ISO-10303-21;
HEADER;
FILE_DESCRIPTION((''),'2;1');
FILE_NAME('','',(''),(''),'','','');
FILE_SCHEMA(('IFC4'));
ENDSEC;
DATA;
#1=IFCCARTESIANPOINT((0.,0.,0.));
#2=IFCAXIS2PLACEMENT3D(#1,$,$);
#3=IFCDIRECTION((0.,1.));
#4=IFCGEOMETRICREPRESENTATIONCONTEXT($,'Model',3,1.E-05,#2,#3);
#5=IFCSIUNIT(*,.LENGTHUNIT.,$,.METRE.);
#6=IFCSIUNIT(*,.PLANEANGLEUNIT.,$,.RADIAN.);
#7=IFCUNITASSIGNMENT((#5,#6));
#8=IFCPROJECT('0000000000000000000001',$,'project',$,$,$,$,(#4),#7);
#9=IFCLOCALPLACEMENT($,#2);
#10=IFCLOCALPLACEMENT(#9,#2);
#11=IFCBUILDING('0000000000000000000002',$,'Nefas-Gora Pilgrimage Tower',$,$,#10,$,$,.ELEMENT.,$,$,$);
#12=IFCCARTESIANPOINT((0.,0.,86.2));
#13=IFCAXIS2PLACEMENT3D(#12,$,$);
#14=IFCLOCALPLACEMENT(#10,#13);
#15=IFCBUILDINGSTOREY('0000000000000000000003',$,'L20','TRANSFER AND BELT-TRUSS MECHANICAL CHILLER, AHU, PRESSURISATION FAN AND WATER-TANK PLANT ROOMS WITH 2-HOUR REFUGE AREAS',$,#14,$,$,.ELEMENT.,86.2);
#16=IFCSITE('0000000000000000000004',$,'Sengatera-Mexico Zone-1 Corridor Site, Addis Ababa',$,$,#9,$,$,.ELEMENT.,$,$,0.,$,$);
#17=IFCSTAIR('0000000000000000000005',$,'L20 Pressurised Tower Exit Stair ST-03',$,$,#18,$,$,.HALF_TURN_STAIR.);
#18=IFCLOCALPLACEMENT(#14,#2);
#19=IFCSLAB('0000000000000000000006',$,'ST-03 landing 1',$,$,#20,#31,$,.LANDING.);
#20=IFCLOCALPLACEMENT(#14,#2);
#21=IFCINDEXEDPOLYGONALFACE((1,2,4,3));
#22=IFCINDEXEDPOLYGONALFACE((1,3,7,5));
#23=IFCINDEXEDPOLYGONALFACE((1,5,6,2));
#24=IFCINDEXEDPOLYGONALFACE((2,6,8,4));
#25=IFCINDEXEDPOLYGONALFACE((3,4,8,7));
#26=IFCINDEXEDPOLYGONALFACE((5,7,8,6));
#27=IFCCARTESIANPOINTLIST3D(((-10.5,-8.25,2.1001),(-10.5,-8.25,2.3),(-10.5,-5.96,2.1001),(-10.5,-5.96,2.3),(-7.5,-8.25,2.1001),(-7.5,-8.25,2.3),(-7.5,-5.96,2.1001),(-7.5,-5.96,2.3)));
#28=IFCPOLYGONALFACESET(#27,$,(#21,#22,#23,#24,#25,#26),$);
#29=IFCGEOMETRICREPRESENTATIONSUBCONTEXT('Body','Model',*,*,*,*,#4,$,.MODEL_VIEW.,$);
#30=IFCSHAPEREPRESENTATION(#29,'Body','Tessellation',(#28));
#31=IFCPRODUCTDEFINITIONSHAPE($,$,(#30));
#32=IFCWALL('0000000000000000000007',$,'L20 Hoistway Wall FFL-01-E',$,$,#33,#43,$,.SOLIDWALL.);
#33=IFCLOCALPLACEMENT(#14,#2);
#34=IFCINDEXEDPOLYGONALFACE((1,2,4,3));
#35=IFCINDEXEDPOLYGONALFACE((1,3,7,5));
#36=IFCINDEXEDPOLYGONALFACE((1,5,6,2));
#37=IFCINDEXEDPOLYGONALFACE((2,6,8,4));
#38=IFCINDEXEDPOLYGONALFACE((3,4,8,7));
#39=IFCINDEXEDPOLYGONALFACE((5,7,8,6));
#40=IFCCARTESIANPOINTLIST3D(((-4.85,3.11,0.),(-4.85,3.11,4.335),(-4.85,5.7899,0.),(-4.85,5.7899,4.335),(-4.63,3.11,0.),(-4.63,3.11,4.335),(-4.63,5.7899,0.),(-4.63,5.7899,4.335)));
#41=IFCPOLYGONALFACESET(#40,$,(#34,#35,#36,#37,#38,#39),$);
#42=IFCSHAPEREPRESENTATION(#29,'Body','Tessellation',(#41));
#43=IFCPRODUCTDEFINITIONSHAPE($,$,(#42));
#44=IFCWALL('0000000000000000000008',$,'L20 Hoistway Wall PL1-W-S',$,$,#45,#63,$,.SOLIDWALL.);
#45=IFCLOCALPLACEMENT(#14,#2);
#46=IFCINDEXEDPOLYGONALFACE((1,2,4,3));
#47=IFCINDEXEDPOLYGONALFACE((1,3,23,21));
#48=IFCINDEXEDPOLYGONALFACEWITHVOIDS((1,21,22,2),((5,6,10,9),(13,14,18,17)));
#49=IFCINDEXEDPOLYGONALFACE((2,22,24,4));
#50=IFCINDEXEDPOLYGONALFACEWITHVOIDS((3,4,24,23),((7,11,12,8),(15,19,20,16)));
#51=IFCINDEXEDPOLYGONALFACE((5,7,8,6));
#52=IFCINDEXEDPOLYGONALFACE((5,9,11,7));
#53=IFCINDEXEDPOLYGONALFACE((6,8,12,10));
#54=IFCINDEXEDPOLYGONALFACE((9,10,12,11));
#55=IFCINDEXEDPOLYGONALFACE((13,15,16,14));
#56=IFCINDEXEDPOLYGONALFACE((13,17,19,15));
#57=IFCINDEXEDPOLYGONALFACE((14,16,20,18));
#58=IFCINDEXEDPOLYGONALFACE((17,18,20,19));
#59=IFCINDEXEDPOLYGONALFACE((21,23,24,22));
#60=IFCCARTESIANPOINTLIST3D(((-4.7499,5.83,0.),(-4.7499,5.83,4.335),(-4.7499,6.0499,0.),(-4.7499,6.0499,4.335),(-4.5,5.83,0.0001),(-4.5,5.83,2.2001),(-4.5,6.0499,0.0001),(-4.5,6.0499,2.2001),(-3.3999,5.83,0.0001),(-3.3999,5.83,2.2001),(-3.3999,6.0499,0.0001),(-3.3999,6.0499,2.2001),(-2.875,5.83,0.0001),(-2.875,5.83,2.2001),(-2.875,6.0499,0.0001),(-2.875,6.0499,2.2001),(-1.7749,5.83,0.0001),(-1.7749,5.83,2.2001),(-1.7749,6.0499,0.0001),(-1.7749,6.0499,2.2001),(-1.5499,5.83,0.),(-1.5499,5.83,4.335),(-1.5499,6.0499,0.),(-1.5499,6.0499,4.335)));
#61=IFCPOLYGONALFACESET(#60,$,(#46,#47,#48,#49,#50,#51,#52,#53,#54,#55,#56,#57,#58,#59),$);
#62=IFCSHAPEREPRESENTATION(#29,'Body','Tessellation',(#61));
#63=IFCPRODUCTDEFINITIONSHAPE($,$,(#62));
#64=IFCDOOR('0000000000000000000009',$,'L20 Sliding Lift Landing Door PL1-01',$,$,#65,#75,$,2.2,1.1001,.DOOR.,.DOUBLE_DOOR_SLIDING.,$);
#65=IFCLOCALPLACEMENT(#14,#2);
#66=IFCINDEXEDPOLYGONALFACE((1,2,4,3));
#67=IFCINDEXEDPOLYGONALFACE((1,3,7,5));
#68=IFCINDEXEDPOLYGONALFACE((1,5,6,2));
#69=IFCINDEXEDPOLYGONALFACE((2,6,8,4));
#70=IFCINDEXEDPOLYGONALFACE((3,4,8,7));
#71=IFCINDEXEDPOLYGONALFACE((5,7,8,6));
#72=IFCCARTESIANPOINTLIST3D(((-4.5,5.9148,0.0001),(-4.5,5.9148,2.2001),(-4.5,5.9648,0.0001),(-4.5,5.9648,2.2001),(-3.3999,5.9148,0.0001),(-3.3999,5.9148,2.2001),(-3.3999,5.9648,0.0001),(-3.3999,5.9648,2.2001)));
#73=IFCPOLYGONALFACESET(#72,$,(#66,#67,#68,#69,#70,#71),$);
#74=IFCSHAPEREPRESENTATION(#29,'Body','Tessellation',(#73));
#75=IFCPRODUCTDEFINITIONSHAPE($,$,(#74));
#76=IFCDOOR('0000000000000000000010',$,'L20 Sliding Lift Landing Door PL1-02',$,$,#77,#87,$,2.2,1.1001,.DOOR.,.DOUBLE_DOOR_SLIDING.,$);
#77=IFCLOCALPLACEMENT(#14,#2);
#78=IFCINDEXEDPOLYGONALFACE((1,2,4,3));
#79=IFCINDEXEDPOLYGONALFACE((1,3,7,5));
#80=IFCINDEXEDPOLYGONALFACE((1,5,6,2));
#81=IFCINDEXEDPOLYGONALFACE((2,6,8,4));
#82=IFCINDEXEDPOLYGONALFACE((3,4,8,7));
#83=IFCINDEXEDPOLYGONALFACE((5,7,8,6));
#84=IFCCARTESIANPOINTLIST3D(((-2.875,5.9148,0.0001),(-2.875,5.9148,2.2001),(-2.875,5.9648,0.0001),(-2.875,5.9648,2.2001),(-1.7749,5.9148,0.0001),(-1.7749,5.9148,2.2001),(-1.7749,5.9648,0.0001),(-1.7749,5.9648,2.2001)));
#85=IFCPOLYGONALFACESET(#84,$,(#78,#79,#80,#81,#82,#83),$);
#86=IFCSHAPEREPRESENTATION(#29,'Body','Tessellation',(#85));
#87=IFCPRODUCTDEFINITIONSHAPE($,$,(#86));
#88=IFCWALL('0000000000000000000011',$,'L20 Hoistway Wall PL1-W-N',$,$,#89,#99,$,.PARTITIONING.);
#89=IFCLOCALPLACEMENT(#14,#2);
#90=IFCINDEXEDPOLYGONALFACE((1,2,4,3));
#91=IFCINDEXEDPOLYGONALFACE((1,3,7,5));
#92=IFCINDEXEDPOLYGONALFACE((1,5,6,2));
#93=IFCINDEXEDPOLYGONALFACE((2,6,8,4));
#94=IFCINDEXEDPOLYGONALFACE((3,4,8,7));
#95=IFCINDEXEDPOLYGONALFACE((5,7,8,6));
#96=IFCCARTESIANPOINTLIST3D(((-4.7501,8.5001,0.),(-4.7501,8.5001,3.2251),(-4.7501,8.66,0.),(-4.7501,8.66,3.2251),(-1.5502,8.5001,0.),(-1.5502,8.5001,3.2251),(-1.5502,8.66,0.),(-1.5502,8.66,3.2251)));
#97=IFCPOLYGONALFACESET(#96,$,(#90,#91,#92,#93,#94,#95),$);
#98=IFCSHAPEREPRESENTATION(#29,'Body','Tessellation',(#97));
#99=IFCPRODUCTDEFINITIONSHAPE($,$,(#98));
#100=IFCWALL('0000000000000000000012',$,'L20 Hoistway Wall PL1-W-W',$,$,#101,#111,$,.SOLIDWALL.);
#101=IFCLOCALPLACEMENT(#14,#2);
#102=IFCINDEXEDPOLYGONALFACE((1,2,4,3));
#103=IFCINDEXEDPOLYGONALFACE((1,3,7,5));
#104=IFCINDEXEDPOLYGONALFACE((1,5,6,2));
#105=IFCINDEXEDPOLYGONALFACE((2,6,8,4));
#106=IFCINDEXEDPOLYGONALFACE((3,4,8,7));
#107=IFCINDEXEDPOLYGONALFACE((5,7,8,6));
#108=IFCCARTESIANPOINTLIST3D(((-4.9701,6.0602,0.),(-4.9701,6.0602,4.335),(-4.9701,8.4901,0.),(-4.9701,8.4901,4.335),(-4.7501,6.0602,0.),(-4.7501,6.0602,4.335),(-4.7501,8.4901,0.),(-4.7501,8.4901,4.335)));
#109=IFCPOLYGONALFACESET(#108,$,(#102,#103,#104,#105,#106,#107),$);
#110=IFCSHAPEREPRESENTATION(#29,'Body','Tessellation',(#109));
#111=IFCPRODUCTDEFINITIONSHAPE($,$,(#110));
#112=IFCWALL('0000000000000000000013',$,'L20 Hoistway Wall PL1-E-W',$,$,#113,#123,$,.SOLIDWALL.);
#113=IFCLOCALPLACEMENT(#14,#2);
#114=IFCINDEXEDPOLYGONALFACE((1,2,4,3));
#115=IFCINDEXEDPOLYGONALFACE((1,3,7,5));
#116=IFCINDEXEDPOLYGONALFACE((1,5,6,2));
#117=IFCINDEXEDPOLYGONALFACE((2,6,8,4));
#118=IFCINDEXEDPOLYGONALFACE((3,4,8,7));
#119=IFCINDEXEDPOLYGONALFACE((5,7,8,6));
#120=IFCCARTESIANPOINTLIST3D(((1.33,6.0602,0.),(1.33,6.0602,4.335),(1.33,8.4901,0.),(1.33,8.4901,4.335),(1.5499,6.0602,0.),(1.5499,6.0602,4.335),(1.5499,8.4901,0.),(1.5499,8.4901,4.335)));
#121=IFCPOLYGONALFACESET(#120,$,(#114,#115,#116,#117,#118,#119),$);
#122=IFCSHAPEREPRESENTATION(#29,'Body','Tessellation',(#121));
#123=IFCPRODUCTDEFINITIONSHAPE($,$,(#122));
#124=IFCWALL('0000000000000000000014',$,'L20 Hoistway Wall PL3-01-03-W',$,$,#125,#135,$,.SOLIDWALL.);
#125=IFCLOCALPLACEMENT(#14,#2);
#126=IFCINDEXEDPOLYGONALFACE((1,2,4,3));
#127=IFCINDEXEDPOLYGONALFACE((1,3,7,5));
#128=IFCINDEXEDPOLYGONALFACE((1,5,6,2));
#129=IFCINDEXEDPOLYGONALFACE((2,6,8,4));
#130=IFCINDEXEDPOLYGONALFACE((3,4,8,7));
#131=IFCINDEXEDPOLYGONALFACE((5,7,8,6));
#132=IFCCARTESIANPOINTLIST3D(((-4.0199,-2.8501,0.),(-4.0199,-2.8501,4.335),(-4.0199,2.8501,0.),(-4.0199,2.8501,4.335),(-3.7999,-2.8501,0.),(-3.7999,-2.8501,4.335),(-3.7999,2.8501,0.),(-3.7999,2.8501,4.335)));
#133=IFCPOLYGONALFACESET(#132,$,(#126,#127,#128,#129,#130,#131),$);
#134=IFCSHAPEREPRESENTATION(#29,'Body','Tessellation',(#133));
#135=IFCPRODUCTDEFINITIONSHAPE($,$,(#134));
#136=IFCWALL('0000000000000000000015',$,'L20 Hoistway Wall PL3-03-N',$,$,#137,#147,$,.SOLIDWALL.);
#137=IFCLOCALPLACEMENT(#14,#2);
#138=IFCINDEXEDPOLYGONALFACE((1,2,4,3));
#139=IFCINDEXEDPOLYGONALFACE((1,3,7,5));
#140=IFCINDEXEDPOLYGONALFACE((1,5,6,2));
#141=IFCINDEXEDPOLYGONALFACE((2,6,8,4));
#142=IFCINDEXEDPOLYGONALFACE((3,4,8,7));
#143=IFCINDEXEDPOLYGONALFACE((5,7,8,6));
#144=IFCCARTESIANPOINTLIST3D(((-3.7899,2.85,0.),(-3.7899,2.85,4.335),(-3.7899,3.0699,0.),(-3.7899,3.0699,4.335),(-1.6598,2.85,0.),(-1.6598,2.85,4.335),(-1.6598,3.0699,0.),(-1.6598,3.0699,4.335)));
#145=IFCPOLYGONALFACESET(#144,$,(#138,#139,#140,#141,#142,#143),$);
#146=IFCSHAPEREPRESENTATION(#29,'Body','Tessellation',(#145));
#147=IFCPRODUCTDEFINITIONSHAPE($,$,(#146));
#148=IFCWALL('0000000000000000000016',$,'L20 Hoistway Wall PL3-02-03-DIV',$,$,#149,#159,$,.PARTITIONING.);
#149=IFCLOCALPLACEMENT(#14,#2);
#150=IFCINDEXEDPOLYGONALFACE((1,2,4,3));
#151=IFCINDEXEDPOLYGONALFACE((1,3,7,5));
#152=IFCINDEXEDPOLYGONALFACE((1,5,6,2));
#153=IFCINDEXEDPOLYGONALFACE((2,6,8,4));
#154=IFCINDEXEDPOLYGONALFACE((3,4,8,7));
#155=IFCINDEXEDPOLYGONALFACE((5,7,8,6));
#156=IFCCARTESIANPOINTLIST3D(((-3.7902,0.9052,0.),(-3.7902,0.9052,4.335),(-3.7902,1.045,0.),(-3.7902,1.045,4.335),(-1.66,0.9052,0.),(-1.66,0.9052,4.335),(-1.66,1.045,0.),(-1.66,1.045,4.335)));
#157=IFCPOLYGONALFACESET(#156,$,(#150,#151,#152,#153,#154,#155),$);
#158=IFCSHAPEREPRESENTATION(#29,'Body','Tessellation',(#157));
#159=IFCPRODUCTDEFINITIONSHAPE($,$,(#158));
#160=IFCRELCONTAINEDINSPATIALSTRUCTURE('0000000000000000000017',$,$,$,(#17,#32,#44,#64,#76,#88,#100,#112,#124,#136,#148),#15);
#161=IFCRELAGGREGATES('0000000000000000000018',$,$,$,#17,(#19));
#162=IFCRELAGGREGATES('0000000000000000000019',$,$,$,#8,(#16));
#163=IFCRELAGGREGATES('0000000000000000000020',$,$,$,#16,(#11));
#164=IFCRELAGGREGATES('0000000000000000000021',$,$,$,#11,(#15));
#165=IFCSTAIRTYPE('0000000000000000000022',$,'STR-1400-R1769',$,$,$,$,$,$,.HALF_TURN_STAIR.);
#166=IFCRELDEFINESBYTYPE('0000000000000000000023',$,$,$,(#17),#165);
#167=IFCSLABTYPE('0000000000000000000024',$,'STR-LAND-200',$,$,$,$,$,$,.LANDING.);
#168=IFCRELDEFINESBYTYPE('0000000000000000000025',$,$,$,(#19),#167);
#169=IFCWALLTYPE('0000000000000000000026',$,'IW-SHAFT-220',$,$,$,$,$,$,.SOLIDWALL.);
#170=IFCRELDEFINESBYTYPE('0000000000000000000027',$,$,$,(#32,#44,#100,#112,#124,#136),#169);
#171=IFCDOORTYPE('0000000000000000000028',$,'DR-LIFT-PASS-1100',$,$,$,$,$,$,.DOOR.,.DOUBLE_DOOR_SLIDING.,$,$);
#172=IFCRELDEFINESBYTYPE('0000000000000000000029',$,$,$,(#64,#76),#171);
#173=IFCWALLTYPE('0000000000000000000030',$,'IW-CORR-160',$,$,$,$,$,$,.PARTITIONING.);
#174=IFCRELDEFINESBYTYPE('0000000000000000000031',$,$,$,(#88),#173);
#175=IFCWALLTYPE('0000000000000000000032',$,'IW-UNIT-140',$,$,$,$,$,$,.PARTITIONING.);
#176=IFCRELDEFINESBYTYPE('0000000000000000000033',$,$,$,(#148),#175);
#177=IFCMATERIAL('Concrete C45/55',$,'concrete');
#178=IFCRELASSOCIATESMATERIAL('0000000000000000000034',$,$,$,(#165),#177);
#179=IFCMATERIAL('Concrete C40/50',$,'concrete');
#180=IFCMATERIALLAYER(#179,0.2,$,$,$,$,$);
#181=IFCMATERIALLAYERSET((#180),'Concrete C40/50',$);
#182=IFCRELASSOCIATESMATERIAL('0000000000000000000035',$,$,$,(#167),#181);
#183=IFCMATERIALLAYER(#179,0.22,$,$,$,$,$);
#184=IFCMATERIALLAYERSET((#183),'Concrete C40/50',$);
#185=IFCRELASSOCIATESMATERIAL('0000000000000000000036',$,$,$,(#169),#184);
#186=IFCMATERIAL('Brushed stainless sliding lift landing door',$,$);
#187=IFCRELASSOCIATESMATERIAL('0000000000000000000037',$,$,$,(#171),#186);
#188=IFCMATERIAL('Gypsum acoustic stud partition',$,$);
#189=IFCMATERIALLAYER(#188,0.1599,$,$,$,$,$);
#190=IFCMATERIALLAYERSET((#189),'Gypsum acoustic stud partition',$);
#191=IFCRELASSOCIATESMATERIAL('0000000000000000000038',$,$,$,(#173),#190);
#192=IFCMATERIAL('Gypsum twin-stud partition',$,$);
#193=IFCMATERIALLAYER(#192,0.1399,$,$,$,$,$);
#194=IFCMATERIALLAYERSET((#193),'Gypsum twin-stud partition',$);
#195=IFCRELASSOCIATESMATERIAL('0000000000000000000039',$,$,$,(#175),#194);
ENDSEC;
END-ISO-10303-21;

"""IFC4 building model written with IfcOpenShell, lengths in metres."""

from ifc_helpers import new_model, si_unit, direction, frame, frame_2d, origin, place, context, subcontext, project, spatial, polyline, rectangle, outline, extrude, source, transform, mapped, material, layer, layer_set, type_object, element, fill, aggregate, save


model = new_model("IFC4")

# Units and contexts
model_context = context("Model", 3, precision=1e-05, world=origin(), true_north=direction((0.0, 1.0)))
body_context = subcontext(model_context, "Body", "Model", "MODEL_VIEW")
ifc_project = project(units=[si_unit("LENGTHUNIT", "METRE"), si_unit("PLANEANGLEUNIT", "RADIAN")], contexts=[model_context])

# Site, building, storey
site_placement = place(None, origin())
site = spatial("IfcSite", under=ifc_project, at=site_placement, Name="Sengatera-Mexico Zone-1 Corridor Site, Addis Ababa", CompositionType="ELEMENT", RefElevation=0.0)
building_placement = place(site_placement, origin())
building = spatial("IfcBuilding", under=site, at=building_placement, Name="Nefas-Gora Pilgrimage Tower", CompositionType="ELEMENT")
storey_placement = place(building_placement, frame((0.0, 0.0, 86.2)))
storey = spatial("IfcBuildingStorey", under=building, at=storey_placement, Name="L20", Description="TRANSFER AND BELT-TRUSS MECHANICAL CHILLER, AHU, PRESSURISATION FAN AND WATER-TANK PLANT ROOMS WITH 2-HOUR REFUGE AREAS", CompositionType="ELEMENT", Elevation=86.2)

# Shared definitions
ifc_material_1 = material(Name="Concrete C45/55", Category="concrete")

# Stair, slab
stair_type = type_object("IfcStairType", Name="STR-1400-R1769", PredefinedType="HALF_TURN_STAIR", material=ifc_material_1)
ifc_material_2 = material(Name="Concrete C40/50", Category="concrete")
ifc_layer_1 = layer(ifc_material_2, 0.2)
ifc_layer_set_1 = layer_set([ifc_layer_1], Name="Concrete C40/50")
slab_type_1 = type_object("IfcSlabType", Name="STR-LAND-200", PredefinedType="LANDING", material=ifc_layer_set_1)
stair_1_placement = place(storey_placement, origin())
stair_1 = element("IfcStair", 1, at=stair_1_placement, inside=storey, type_object=stair_type, Name="L20 Pressurised Tower Exit Stair ST-03", PredefinedType="HALF_TURN_STAIR")
slab_1_placement = place(storey_placement, frame((0.0, 0.0, 2.1001)))
slab_1 = element("IfcSlab", 2, at=slab_1_placement, type_object=slab_type_1, Name="ST-03 landing 1", PredefinedType="LANDING", context=body_context, shape_type="SweptSolid", body=[
    extrude(outline(polyline([(-10.5, -5.96), (-10.5, -8.25), (-7.5, -8.25), (-7.5, -5.96), (-10.5, -5.96)])), origin(), (0.0, 0.0, 1.0), 0.2),
])
aggregate(stair_1, [slab_1])

# Wall
ifc_layer_2 = layer(ifc_material_2, 0.22)
ifc_layer_set_2 = layer_set([ifc_layer_2], Name="Concrete C40/50")
wall_type_1 = type_object("IfcWallType", Name="IW-SHAFT-220", PredefinedType="SOLIDWALL", material=ifc_layer_set_2)
shared_shape_1 = source(origin(), body_context, "Body", "SweptSolid", [
    extrude(rectangle(XDim=2.6799, YDim=0.22, at=frame_2d((1.3398, 0.0))), origin(), (0.0, 0.0, 1.0), 4.335),
])
wall_1_placement = place(storey_placement, frame((-4.74, 3.1101, 0.0), z_axis=(0.0, 0.0, 1.0), x_axis=(0.0, 1.0, 0.0)))
element("IfcWall", 3, at=wall_1_placement, inside=storey, type_object=wall_type_1, Name="L20 Hoistway Wall FFL-01-E", PredefinedType="SOLIDWALL", context=body_context, shape_type="MappedRepresentation", body=[
    mapped(shared_shape_1, transform((0.0, 0.0, 0.0), x_axis=(1.0, 0.0, 0.0), y_axis=(0.0, 1.0, 0.0), z_axis=(0.0, 0.0, 1.0), scale=1.0)),
])

# Wall, openings, doors
shared_shape_2 = source(origin(), body_context, "Body", "SweptSolid", [
    extrude(rectangle(XDim=3.2, YDim=0.22, at=frame_2d((1.6001, 0.0))), origin(), (0.0, 0.0, 1.0), 4.335),
])
wall_2_placement = place(storey_placement, frame((-4.75, 5.9399, 0.0), z_axis=(0.0, 0.0, 1.0), x_axis=(1.0, 0.0, 0.0)))
wall_2 = element("IfcWall", 4, at=wall_2_placement, inside=storey, type_object=wall_type_1, Name="L20 Hoistway Wall PL1-W-S", PredefinedType="SOLIDWALL", context=body_context, shape_type="MappedRepresentation", body=[
    mapped(shared_shape_2, transform((0.0, 0.0, 0.0), x_axis=(1.0, 0.0, 0.0), y_axis=(0.0, 1.0, 0.0), z_axis=(0.0, 0.0, 1.0), scale=1.0)),
])
opening_1_placement = place(wall_2_placement, frame((0.25, 0.0, 0.0)))
opening_1 = element("IfcOpeningElement", 5, at=opening_1_placement, cuts=wall_2, PredefinedType="OPENING", context=body_context, shape_type="SweptSolid", body=[
    extrude(rectangle(XDim=1.1001, YDim=2.2, at=frame_2d((0.55, 1.1001))), frame((0.0, 0.1199, 0.0), z_axis=(0.0, -1.0, 0.0), x_axis=(1.0, 0.0, 0.0)), (0.0, 0.0, 1.0), 0.24),
])
opening_2_placement = place(wall_2_placement, frame((1.875, 0.0, 0.0)))
opening_2 = element("IfcOpeningElement", 6, at=opening_2_placement, cuts=wall_2, PredefinedType="OPENING", context=body_context, shape_type="SweptSolid", body=[
    extrude(rectangle(XDim=1.1001, YDim=2.2, at=frame_2d((0.55, 1.1001))), frame((0.0, 0.1199, 0.0), z_axis=(0.0, -1.0, 0.0), x_axis=(1.0, 0.0, 0.0)), (0.0, 0.0, 1.0), 0.24),
])
ifc_material_3 = material(Name="Brushed stainless sliding lift landing door")
door_type = type_object("IfcDoorType", Name="DR-LIFT-PASS-1100", OperationType="DOUBLE_DOOR_SLIDING", PredefinedType="DOOR", material=ifc_material_3)
shared_shape_3 = source(origin(), body_context, "Body", "SweptSolid", [
    extrude(rectangle(XDim=1.1001, YDim=2.2, at=frame_2d((0.55, 1.1001))), frame((0.0, 0.0249, 0.0), z_axis=(0.0, -1.0, 0.0), x_axis=(1.0, 0.0, 0.0)), (0.0, 0.0, 1.0), 0.05),
])
door_1_placement = place(opening_1_placement, origin())
door_1 = element("IfcDoor", 7, at=door_1_placement, inside=storey, type_object=door_type, Name="L20 Sliding Lift Landing Door PL1-01", OperationType="DOUBLE_DOOR_SLIDING", OverallHeight=2.2, OverallWidth=1.1001, PredefinedType="DOOR", context=body_context, shape_type="MappedRepresentation", body=[
    mapped(shared_shape_3, transform((0.0, 0.0, 0.0), x_axis=(1.0, 0.0, 0.0), y_axis=(0.0, 1.0, 0.0), z_axis=(0.0, 0.0, 1.0), scale=1.0)),
])
fill(opening_1, door_1)
door_2_placement = place(opening_2_placement, origin())
door_2 = element("IfcDoor", 8, at=door_2_placement, inside=storey, type_object=door_type, Name="L20 Sliding Lift Landing Door PL1-02", OperationType="DOUBLE_DOOR_SLIDING", OverallHeight=2.2, OverallWidth=1.1001, PredefinedType="DOOR", context=body_context, shape_type="MappedRepresentation", body=[
    mapped(shared_shape_3, transform((0.0, 0.0, 0.0), x_axis=(1.0, 0.0, 0.0), y_axis=(0.0, 1.0, 0.0), z_axis=(0.0, 0.0, 1.0), scale=1.0)),
])
fill(opening_2, door_2)

# Walls
ifc_material_4 = material(Name="Gypsum acoustic stud partition")
ifc_layer_3 = layer(ifc_material_4, 0.1599)
ifc_layer_set_3 = layer_set([ifc_layer_3], Name="Gypsum acoustic stud partition")
wall_type_2 = type_object("IfcWallType", Name="IW-CORR-160", PredefinedType="PARTITIONING", material=ifc_layer_set_3)
shared_shape_4 = source(origin(), body_context, "Body", "SweptSolid", [
    extrude(rectangle(XDim=3.2, YDim=0.1599, at=frame_2d((1.6001, 0.0))), origin(), (0.0, 0.0, 1.0), 3.2251),
])
wall_3_placement = place(storey_placement, frame((-1.55, 8.5801, 0.0), z_axis=(0.0, 0.0, 1.0), x_axis=(-1.0, 0.0, 0.0)))
element("IfcWall", 9, at=wall_3_placement, inside=storey, type_object=wall_type_2, Name="L20 Hoistway Wall PL1-W-N", PredefinedType="PARTITIONING", context=body_context, shape_type="MappedRepresentation", body=[
    mapped(shared_shape_4, transform((0.0, 0.0, 0.0), x_axis=(1.0, 0.0, 0.0), y_axis=(0.0, 1.0, 0.0), z_axis=(0.0, 0.0, 1.0), scale=1.0)),
])
shared_shape_5 = source(origin(), body_context, "Body", "SweptSolid", [
    extrude(rectangle(XDim=2.4299, YDim=0.22, at=frame_2d((1.2148, 0.0))), origin(), (0.0, 0.0, 1.0), 4.335),
])
for number, where, z_axis, x_axis, name in (
    (10, (-4.8601, 8.49, 0.0), (0.0, 0.0, 1.0), (0.0, -1.0, 0.0), "L20 Hoistway Wall PL1-W-W"),
    (11, (1.4399, 8.49, 0.0), (0.0, 0.0, 1.0), (0.0, -1.0, 0.0), "L20 Hoistway Wall PL1-E-W"),
):
    element("IfcWall", number, at=place(storey_placement, frame(where, z_axis=z_axis, x_axis=x_axis)), inside=storey, type_object=wall_type_1, Name=name, PredefinedType="SOLIDWALL", context=body_context, shape_type="MappedRepresentation", body=[
        mapped(shared_shape_5, transform((0.0, 0.0, 0.0), x_axis=(1.0, 0.0, 0.0), y_axis=(0.0, 1.0, 0.0), z_axis=(0.0, 0.0, 1.0), scale=1.0)),
    ])
ifc_material_5 = material(Name="Gypsum twin-stud partition")
ifc_layer_4 = layer(ifc_material_5, 0.1399)
ifc_layer_set_4 = layer_set([ifc_layer_4], Name="Gypsum twin-stud partition")
wall_type_3 = type_object("IfcWallType", Name="IW-UNIT-140", PredefinedType="PARTITIONING", material=ifc_layer_set_4)
shared_shape_6 = source(origin(), body_context, "Body", "SweptSolid", [
    extrude(rectangle(XDim=5.7002, YDim=0.22, at=frame_2d((2.8501, 0.0))), origin(), (0.0, 0.0, 1.0), 4.335),
])
wall_4_placement = place(storey_placement, frame((-3.9099, 2.8501, 0.0), z_axis=(0.0, 0.0, 1.0), x_axis=(0.0, -1.0, 0.0)))
element("IfcWall", 12, at=wall_4_placement, inside=storey, type_object=wall_type_1, Name="L20 Hoistway Wall PL3-01-03-W", PredefinedType="SOLIDWALL", context=body_context, shape_type="MappedRepresentation", body=[
    mapped(shared_shape_6, transform((0.0, 0.0, 0.0), x_axis=(1.0, 0.0, 0.0), y_axis=(0.0, 1.0, 0.0), z_axis=(0.0, 0.0, 1.0), scale=1.0)),
])
shared_shape_7 = source(origin(), body_context, "Body", "SweptSolid", [
    extrude(rectangle(XDim=2.1301, YDim=0.22, at=frame_2d((1.0649, 0.0))), origin(), (0.0, 0.0, 1.0), 4.335),
])
wall_5_placement = place(storey_placement, frame((-1.6599, 2.96, 0.0), z_axis=(0.0, 0.0, 1.0), x_axis=(-1.0, 0.0, 0.0)))
element("IfcWall", 13, at=wall_5_placement, inside=storey, type_object=wall_type_1, Name="L20 Hoistway Wall PL3-03-N", PredefinedType="SOLIDWALL", context=body_context, shape_type="MappedRepresentation", body=[
    mapped(shared_shape_7, transform((0.0, 0.0, 0.0), x_axis=(1.0, 0.0, 0.0), y_axis=(0.0, 1.0, 0.0), z_axis=(0.0, 0.0, 1.0), scale=1.0)),
])
shared_shape_8 = source(origin(), body_context, "Body", "SweptSolid", [
    extrude(rectangle(XDim=2.1301, YDim=0.1399, at=frame_2d((1.0649, 0.0))), origin(), (0.0, 0.0, 1.0), 4.335),
])
wall_6_placement = place(storey_placement, frame((-3.79, 0.9751, 0.0), z_axis=(0.0, 0.0, 1.0), x_axis=(1.0, 0.0, 0.0)))
element("IfcWall", 14, at=wall_6_placement, inside=storey, type_object=wall_type_3, Name="L20 Hoistway Wall PL3-02-03-DIV", PredefinedType="PARTITIONING", context=body_context, shape_type="MappedRepresentation", body=[
    mapped(shared_shape_8, transform((0.0, 0.0, 0.0), x_axis=(1.0, 0.0, 0.0), y_axis=(0.0, 1.0, 0.0), z_axis=(0.0, 0.0, 1.0), scale=1.0)),
])

save(model, "model.ifc")
